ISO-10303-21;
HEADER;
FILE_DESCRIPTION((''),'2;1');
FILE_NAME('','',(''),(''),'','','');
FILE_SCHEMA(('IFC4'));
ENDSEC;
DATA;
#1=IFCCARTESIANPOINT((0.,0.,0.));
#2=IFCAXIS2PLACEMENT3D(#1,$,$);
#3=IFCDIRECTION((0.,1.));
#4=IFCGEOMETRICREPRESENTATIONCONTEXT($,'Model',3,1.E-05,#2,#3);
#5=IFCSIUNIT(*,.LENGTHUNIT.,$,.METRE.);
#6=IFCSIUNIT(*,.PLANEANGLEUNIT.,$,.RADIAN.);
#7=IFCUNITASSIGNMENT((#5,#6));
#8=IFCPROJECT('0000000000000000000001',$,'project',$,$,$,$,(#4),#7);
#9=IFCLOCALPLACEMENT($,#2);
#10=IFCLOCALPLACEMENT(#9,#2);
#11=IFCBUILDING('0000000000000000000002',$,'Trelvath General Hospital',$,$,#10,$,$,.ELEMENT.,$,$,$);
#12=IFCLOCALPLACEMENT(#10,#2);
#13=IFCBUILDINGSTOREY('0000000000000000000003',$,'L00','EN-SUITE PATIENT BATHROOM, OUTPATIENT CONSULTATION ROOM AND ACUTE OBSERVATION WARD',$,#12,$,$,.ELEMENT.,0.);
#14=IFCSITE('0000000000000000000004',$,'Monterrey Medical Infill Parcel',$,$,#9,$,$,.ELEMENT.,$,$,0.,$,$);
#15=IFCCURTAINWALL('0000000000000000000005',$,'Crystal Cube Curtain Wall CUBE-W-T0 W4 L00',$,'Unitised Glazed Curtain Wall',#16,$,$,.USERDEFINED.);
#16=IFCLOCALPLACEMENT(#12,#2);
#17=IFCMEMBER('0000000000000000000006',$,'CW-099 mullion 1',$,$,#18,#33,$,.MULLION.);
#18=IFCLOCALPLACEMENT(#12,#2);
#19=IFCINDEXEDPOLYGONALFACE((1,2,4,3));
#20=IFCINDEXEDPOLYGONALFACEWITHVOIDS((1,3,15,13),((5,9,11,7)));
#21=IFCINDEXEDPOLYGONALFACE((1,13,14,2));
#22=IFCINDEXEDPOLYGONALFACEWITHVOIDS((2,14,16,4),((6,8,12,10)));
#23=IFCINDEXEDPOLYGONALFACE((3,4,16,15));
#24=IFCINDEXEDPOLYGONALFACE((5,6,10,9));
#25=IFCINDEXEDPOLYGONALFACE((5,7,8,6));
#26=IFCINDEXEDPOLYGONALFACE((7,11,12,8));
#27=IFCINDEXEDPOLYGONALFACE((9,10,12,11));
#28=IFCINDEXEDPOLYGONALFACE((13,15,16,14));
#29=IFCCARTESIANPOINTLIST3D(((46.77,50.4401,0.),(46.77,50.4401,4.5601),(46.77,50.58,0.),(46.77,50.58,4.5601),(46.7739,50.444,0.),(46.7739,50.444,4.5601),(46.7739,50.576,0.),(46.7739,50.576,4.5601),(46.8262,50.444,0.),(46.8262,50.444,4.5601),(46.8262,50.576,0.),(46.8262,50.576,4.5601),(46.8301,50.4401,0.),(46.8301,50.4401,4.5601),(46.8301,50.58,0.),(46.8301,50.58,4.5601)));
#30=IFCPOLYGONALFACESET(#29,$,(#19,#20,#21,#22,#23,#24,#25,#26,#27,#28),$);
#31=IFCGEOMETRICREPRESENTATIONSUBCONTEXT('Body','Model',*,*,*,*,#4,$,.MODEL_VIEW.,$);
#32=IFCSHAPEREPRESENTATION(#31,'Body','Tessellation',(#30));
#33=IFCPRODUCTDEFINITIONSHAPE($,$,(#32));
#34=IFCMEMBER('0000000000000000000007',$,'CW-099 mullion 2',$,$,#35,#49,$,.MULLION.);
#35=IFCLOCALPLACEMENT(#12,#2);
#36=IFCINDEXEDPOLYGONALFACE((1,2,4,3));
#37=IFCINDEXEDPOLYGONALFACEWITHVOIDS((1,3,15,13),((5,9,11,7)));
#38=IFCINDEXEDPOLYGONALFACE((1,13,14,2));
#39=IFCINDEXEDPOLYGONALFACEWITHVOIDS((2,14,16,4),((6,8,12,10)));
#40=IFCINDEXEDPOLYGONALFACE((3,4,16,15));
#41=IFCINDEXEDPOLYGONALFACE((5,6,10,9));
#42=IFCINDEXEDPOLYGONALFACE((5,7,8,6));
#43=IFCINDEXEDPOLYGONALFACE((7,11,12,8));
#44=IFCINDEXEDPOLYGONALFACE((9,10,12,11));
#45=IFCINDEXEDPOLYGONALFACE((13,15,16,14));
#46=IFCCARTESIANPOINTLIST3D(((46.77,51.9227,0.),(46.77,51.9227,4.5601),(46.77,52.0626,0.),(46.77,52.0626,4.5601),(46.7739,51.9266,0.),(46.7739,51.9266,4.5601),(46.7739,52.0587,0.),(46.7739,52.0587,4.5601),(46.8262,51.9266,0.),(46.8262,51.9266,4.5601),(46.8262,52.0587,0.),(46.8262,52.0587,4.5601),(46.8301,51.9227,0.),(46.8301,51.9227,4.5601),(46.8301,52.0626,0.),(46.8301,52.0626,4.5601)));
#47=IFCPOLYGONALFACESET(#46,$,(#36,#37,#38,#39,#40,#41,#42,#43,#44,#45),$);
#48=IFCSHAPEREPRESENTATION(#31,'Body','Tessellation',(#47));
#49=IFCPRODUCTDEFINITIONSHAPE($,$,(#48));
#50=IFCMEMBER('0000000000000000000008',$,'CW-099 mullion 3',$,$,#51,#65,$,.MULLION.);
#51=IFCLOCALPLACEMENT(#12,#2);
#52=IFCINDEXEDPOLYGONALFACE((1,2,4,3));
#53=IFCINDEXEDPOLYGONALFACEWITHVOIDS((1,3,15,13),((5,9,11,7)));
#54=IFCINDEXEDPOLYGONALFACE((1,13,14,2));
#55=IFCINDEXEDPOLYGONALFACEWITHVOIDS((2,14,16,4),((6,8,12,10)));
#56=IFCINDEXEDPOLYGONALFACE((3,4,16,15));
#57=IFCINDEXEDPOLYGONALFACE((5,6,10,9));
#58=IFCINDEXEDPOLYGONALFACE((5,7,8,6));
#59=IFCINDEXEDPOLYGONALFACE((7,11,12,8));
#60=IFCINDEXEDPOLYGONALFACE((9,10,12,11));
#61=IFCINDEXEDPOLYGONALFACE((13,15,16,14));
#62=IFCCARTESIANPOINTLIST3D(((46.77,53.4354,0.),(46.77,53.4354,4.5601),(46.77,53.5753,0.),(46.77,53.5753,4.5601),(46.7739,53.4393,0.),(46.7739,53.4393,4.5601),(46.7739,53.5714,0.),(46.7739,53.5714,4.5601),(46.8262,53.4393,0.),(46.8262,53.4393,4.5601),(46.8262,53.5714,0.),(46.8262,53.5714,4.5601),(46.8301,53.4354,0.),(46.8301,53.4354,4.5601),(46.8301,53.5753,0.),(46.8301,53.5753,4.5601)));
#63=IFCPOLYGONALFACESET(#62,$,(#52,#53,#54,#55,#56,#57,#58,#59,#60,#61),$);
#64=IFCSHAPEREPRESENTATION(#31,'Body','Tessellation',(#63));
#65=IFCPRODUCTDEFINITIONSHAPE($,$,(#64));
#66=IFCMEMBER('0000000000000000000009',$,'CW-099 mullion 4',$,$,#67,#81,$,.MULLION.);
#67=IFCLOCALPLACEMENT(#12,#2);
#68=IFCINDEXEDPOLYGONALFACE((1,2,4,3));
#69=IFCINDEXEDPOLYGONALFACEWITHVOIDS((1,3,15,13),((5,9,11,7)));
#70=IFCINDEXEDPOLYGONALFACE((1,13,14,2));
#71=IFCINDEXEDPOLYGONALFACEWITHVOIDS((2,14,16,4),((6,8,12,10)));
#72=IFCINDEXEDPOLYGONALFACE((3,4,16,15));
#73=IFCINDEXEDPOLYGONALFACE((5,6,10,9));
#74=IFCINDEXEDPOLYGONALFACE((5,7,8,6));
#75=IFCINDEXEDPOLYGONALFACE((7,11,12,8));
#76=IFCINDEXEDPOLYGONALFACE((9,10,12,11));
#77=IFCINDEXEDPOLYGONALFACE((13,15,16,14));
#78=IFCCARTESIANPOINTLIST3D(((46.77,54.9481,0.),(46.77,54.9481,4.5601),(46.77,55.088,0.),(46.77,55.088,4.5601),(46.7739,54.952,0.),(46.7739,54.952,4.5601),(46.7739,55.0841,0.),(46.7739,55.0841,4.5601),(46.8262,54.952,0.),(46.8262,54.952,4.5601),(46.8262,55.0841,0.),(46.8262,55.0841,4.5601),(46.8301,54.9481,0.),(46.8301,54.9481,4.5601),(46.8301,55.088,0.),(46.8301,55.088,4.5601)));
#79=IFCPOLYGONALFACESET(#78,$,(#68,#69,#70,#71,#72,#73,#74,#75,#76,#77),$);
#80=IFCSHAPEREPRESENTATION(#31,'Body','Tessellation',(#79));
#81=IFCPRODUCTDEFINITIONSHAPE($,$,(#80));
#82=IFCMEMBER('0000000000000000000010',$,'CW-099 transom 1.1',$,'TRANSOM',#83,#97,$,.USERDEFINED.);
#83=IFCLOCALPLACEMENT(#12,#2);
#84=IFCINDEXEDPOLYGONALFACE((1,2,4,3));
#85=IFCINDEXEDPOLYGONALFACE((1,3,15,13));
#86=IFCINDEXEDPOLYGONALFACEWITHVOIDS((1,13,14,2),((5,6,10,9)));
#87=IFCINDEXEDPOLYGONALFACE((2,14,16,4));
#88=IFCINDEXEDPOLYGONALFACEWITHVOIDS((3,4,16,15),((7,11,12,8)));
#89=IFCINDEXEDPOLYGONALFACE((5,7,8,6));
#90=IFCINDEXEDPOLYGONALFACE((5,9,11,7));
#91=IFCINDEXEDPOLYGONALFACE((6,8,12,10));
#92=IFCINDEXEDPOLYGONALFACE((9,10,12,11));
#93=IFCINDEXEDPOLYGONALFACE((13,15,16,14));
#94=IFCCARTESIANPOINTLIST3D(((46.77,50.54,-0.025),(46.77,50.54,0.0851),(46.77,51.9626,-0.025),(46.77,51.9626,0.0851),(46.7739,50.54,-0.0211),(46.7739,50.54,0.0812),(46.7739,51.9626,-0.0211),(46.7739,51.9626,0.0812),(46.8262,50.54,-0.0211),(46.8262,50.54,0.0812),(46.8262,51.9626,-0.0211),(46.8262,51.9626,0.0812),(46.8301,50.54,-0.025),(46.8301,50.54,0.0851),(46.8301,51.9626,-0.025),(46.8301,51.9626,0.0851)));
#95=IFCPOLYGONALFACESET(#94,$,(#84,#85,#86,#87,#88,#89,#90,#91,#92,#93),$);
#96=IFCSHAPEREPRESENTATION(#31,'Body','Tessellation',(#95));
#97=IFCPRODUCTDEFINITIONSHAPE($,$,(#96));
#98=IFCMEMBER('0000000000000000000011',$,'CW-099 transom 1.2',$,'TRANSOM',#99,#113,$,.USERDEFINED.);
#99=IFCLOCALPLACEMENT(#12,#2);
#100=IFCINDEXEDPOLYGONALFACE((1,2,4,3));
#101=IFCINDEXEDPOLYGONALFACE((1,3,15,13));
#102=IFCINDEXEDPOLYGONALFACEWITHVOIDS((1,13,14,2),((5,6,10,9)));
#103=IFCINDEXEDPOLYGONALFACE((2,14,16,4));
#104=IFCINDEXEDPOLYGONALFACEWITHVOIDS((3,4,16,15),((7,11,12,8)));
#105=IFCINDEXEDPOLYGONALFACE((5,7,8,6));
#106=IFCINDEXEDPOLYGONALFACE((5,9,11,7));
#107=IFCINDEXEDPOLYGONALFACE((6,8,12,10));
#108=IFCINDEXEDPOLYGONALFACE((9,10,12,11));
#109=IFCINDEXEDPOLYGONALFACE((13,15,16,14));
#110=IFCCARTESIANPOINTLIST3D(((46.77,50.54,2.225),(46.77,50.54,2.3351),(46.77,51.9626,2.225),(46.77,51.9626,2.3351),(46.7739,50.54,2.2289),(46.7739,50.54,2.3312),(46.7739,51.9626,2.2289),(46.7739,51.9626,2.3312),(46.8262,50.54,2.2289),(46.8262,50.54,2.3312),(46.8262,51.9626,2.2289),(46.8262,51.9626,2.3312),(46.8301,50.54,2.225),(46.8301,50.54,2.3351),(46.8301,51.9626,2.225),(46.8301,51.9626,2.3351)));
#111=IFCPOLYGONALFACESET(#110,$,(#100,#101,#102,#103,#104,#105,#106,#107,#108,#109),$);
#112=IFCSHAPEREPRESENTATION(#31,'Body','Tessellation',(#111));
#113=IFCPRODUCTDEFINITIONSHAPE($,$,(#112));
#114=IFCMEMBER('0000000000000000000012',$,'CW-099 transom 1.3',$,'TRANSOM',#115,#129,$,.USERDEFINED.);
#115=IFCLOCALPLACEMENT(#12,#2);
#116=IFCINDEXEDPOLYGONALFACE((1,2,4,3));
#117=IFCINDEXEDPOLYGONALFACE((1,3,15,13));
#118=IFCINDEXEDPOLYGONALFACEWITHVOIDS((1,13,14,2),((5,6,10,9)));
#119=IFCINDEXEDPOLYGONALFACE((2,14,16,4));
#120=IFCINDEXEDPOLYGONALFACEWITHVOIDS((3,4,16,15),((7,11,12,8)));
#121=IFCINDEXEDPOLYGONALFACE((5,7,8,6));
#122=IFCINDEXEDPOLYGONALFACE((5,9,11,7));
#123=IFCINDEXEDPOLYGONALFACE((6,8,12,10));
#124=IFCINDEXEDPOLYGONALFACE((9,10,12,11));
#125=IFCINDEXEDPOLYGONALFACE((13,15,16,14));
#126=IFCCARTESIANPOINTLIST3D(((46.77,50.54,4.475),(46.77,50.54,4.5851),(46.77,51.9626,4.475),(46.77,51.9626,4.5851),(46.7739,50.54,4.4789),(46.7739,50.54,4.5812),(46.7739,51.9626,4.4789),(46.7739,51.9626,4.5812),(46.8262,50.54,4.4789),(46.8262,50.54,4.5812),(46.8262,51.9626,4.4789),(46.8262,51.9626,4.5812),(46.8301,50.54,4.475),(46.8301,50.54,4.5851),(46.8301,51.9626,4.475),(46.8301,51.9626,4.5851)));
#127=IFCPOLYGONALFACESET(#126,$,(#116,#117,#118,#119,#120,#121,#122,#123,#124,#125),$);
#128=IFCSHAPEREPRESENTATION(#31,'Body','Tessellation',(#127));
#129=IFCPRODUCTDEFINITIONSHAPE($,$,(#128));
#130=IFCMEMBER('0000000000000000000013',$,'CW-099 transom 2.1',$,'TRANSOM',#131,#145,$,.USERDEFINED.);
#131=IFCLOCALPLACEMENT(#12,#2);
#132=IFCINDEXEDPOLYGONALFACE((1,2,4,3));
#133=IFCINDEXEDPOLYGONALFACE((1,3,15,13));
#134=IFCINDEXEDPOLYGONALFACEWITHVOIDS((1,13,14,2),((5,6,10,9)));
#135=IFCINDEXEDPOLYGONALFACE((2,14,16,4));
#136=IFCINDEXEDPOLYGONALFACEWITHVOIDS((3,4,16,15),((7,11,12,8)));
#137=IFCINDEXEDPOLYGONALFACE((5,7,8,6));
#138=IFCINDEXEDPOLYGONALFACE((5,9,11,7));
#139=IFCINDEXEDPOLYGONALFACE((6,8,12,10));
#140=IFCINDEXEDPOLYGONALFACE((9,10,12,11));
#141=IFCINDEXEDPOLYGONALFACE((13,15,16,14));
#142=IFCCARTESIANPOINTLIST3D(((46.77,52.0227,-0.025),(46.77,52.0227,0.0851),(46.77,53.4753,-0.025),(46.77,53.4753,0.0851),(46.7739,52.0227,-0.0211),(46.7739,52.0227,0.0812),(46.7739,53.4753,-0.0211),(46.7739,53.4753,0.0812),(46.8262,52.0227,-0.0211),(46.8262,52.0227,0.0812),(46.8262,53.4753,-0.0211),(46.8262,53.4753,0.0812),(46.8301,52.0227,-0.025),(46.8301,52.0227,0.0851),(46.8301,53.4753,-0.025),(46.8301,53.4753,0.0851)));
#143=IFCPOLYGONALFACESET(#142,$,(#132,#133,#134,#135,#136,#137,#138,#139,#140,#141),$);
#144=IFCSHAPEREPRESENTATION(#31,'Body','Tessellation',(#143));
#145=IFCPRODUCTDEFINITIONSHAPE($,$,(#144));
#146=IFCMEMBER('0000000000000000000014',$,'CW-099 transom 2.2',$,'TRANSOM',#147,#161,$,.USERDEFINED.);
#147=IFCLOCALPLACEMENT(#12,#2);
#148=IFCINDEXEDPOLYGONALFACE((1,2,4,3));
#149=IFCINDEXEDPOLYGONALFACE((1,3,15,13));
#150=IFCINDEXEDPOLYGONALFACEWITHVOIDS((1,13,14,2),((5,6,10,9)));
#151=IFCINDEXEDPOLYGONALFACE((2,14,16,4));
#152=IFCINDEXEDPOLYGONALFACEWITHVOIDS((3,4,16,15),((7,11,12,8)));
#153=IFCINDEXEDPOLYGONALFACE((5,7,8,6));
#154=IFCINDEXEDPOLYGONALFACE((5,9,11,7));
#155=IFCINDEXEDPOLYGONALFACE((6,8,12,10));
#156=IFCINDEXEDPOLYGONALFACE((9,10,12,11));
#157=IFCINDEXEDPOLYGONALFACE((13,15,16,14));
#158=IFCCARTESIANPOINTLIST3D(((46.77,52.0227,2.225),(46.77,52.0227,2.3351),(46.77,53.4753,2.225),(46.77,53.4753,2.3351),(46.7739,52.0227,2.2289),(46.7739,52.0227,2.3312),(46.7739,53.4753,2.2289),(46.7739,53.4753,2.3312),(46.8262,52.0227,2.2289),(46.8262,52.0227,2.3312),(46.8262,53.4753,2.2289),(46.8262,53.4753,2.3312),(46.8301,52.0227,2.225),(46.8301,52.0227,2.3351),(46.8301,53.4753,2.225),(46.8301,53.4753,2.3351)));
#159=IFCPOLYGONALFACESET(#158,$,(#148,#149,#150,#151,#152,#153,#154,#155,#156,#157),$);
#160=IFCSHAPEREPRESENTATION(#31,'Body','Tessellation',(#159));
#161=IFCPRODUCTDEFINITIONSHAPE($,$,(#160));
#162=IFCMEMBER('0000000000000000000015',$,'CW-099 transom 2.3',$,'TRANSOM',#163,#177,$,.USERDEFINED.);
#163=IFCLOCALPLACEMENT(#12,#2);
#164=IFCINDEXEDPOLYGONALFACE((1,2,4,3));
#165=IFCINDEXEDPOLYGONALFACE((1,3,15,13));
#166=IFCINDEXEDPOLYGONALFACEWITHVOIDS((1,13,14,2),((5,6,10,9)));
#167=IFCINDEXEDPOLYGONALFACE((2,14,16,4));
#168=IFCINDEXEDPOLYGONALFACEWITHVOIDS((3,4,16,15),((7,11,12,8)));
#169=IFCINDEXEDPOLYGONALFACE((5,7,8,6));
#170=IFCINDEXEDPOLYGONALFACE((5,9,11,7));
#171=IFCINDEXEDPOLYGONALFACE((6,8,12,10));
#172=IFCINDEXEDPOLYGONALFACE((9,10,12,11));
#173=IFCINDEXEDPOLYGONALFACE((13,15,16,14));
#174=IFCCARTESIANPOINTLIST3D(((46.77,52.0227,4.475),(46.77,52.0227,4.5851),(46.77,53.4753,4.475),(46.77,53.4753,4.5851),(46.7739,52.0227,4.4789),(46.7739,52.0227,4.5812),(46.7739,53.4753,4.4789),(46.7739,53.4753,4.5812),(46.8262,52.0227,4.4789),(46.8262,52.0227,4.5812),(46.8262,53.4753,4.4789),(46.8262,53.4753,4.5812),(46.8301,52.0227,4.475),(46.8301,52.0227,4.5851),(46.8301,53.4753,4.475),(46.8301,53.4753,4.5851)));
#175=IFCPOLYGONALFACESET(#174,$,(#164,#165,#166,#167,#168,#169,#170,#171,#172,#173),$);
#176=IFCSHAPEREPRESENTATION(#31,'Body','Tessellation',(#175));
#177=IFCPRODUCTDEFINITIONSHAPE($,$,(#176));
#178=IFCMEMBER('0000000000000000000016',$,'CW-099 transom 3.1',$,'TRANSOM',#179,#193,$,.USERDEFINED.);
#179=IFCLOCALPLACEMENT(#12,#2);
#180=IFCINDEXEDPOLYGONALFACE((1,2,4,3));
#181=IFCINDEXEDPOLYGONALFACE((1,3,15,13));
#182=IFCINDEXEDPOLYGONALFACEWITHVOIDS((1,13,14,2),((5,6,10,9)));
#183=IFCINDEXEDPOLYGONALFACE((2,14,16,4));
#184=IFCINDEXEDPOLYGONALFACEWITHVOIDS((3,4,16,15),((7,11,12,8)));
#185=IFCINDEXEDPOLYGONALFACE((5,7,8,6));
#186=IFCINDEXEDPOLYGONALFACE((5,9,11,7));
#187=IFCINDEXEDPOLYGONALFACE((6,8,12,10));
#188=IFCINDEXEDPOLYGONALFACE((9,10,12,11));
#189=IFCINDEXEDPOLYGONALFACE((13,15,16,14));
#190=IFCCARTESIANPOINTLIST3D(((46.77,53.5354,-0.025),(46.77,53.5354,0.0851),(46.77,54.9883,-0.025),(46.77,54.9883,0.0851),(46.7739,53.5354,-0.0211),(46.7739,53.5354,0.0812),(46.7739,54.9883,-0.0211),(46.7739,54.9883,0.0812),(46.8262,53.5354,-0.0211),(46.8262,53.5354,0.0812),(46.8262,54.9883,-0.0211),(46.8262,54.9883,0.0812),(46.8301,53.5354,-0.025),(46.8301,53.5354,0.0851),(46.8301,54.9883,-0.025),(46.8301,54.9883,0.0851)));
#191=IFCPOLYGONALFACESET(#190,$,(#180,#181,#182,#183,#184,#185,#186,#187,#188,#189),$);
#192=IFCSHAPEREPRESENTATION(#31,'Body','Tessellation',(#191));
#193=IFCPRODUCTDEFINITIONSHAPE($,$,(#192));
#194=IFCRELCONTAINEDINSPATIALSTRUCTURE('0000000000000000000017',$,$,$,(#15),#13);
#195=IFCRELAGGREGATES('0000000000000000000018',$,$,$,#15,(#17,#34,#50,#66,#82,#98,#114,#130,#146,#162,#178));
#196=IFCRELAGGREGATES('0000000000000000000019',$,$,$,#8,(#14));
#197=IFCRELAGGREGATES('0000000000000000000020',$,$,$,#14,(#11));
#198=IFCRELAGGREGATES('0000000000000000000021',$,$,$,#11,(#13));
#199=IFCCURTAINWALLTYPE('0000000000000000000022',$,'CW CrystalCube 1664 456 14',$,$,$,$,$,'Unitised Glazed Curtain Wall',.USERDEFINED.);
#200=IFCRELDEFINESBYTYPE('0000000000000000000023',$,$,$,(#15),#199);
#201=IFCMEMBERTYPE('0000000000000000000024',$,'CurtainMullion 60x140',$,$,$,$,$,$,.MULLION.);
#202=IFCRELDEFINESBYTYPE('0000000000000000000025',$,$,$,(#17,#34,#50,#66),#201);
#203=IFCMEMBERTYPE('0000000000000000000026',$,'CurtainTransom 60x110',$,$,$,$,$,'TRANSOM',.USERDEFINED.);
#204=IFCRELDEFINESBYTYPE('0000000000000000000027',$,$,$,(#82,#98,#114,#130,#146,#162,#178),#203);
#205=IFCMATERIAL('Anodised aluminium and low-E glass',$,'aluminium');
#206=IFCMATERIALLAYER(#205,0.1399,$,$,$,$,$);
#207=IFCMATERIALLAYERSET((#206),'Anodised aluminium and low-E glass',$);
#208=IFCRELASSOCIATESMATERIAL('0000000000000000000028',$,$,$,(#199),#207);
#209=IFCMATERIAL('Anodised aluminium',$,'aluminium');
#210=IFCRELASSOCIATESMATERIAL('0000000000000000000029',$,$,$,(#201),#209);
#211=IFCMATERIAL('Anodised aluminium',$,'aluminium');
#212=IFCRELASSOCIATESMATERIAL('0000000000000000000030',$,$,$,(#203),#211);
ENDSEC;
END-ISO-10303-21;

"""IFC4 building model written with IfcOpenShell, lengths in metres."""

from ifc_helpers import new_model, si_unit, direction, frame, origin, origin_2d, place, context, subcontext, project, spatial, hollow_rectangle, extrude, material, layer, layer_set, material_profile, profile_set, type_object, element, aggregate, save


model = new_model("IFC4")

# Units and contexts
model_context = context("Model", 3, precision=1e-05, world=origin(), true_north=direction((0.0, 1.0)))
body_context = subcontext(model_context, "Body", "Model", "MODEL_VIEW")
ifc_project = project(units=[si_unit("LENGTHUNIT", "METRE"), si_unit("PLANEANGLEUNIT", "RADIAN")], contexts=[model_context])

# Site, building, storey
site_placement = place(None, origin())
site = spatial("IfcSite", under=ifc_project, at=site_placement, Name="Monterrey Medical Infill Parcel", CompositionType="ELEMENT", RefElevation=0.0)
building_placement = place(site_placement, origin())
building = spatial("IfcBuilding", under=site, at=building_placement, Name="Trelvath General Hospital", CompositionType="ELEMENT")
storey_placement = place(building_placement, origin())
storey = spatial("IfcBuildingStorey", under=building, at=storey_placement, Name="L00", Description="EN-SUITE PATIENT BATHROOM, OUTPATIENT CONSULTATION ROOM AND ACUTE OBSERVATION WARD", CompositionType="ELEMENT", Elevation=0.0)

# Curtain wall, members
ifc_material_1 = material(Name="Anodised aluminium and low-E glass", Category="aluminium")
ifc_layer_1 = layer(ifc_material_1, 0.1399)
ifc_layer_set_1 = layer_set([ifc_layer_1], Name="Anodised aluminium and low-E glass")
curtain_wall_type = type_object("IfcCurtainWallType", Name="CW CrystalCube 1664 456 14", ElementType="Unitised Glazed Curtain Wall", PredefinedType="USERDEFINED", material=ifc_layer_set_1)
curtain_wall_placement = place(storey_placement, origin())
curtain_wall = element("IfcCurtainWall", 1, at=curtain_wall_placement, inside=storey, type_object=curtain_wall_type, Name="Crystal Cube Curtain Wall CUBE-W-T0 W4 L00", ObjectType="Unitised Glazed Curtain Wall", PredefinedType="USERDEFINED")
ifc_material_2 = material(Name="Anodised aluminium", Category="aluminium")
ifc_material_profile_1 = material_profile(ifc_material_2, hollow_rectangle(XDim=0.0601, YDim=0.1399, WallThickness=0.0039, at=origin_2d()), Name="RHS60x140x4")
ifc_profile_set_1 = profile_set([ifc_material_profile_1], Name="Anodised aluminium")
member_type_1 = type_object("IfcMemberType", Name="CurtainMullion 60x140", PredefinedType="MULLION", material=ifc_profile_set_1)
member_1_placement = place(storey_placement, frame((46.8, 50.51, 0.0), z_axis=(0.0, 0.0, 1.0), x_axis=(-1.0, 0.0, 0.0)))
member_1 = element("IfcMember", 2, at=member_1_placement, type_object=member_type_1, Name="CW-099 mullion 1", PredefinedType="MULLION", context=body_context, shape_type="SweptSolid", body=[
    extrude(hollow_rectangle(XDim=0.0601, YDim=0.1399, WallThickness=0.0039, at=origin_2d()), origin(), (0.0, 0.0, 1.0), 4.5601),
])
member_2_placement = place(storey_placement, frame((46.8, 51.9927, 0.0), z_axis=(0.0, 0.0, 1.0), x_axis=(-1.0, 0.0, 0.0)))
member_2 = element("IfcMember", 3, at=member_2_placement, type_object=member_type_1, Name="CW-099 mullion 2", PredefinedType="MULLION", context=body_context, shape_type="SweptSolid", body=[
    extrude(hollow_rectangle(XDim=0.0601, YDim=0.1399, WallThickness=0.0039, at=origin_2d()), origin(), (0.0, 0.0, 1.0), 4.5601),
])
member_3_placement = place(storey_placement, frame((46.8, 53.5054, 0.0), z_axis=(0.0, 0.0, 1.0), x_axis=(-1.0, 0.0, 0.0)))
member_3 = element("IfcMember", 4, at=member_3_placement, type_object=member_type_1, Name="CW-099 mullion 3", PredefinedType="MULLION", context=body_context, shape_type="SweptSolid", body=[
    extrude(hollow_rectangle(XDim=0.0601, YDim=0.1399, WallThickness=0.0039, at=origin_2d()), origin(), (0.0, 0.0, 1.0), 4.5601),
])
member_4_placement = place(storey_placement, frame((46.8, 55.0181, 0.0), z_axis=(0.0, 0.0, 1.0), x_axis=(-1.0, 0.0, 0.0)))
member_4 = element("IfcMember", 5, at=member_4_placement, type_object=member_type_1, Name="CW-099 mullion 4", PredefinedType="MULLION", context=body_context, shape_type="SweptSolid", body=[
    extrude(hollow_rectangle(XDim=0.0601, YDim=0.1399, WallThickness=0.0039, at=origin_2d()), origin(), (0.0, 0.0, 1.0), 4.5601),
])
ifc_material_3 = material(Name="Anodised aluminium", Category="aluminium")
ifc_material_profile_2 = material_profile(ifc_material_3, hollow_rectangle(XDim=0.0601, YDim=0.1101, WallThickness=0.0039, at=origin_2d()), Name="RHS60x110x4")
ifc_profile_set_2 = profile_set([ifc_material_profile_2], Name="Anodised aluminium")
member_type_2 = type_object("IfcMemberType", Name="CurtainTransom 60x110", ElementType="TRANSOM", PredefinedType="USERDEFINED", material=ifc_profile_set_2)
member_5_placement = place(storey_placement, frame((46.8, 50.54, 0.03), z_axis=(0.0, 1.0, 0.0), x_axis=(-1.0, 0.0, 0.0)))
member_5 = element("IfcMember", 6, at=member_5_placement, type_object=member_type_2, Name="CW-099 transom 1.1", ObjectType="TRANSOM", PredefinedType="USERDEFINED", context=body_context, shape_type="SweptSolid", body=[
    extrude(hollow_rectangle(XDim=0.0601, YDim=0.1101, WallThickness=0.0039, at=origin_2d()), origin(), (0.0, 0.0, 1.0), 1.4226),
])
member_6_placement = place(storey_placement, frame((46.8, 50.54, 2.28), z_axis=(0.0, 1.0, 0.0), x_axis=(-1.0, 0.0, 0.0)))
member_6 = element("IfcMember", 7, at=member_6_placement, type_object=member_type_2, Name="CW-099 transom 1.2", ObjectType="TRANSOM", PredefinedType="USERDEFINED", context=body_context, shape_type="SweptSolid", body=[
    extrude(hollow_rectangle(XDim=0.0601, YDim=0.1101, WallThickness=0.0039, at=origin_2d()), origin(), (0.0, 0.0, 1.0), 1.4226),
])
member_7_placement = place(storey_placement, frame((46.8, 50.54, 4.53), z_axis=(0.0, 1.0, 0.0), x_axis=(-1.0, 0.0, 0.0)))
member_7 = element("IfcMember", 8, at=member_7_placement, type_object=member_type_2, Name="CW-099 transom 1.3", ObjectType="TRANSOM", PredefinedType="USERDEFINED", context=body_context, shape_type="SweptSolid", body=[
    extrude(hollow_rectangle(XDim=0.0601, YDim=0.1101, WallThickness=0.0039, at=origin_2d()), origin(), (0.0, 0.0, 1.0), 1.4226),
])
member_8_placement = place(storey_placement, frame((46.8, 52.0227, 0.03), z_axis=(0.0, 1.0, 0.0), x_axis=(-1.0, 0.0, 0.0)))
member_8 = element("IfcMember", 9, at=member_8_placement, type_object=member_type_2, Name="CW-099 transom 2.1", ObjectType="TRANSOM", PredefinedType="USERDEFINED", context=body_context, shape_type="SweptSolid", body=[
    extrude(hollow_rectangle(XDim=0.0601, YDim=0.1101, WallThickness=0.0039, at=origin_2d()), origin(), (0.0, 0.0, 1.0), 1.4526),
])
member_9_placement = place(storey_placement, frame((46.8, 52.0227, 2.28), z_axis=(0.0, 1.0, 0.0), x_axis=(-1.0, 0.0, 0.0)))
member_9 = element("IfcMember", 10, at=member_9_placement, type_object=member_type_2, Name="CW-099 transom 2.2", ObjectType="TRANSOM", PredefinedType="USERDEFINED", context=body_context, shape_type="SweptSolid", body=[
    extrude(hollow_rectangle(XDim=0.0601, YDim=0.1101, WallThickness=0.0039, at=origin_2d()), origin(), (0.0, 0.0, 1.0), 1.4526),
])
member_10_placement = place(storey_placement, frame((46.8, 52.0227, 4.53), z_axis=(0.0, 1.0, 0.0), x_axis=(-1.0, 0.0, 0.0)))
member_10 = element("IfcMember", 11, at=member_10_placement, type_object=member_type_2, Name="CW-099 transom 2.3", ObjectType="TRANSOM", PredefinedType="USERDEFINED", context=body_context, shape_type="SweptSolid", body=[
    extrude(hollow_rectangle(XDim=0.0601, YDim=0.1101, WallThickness=0.0039, at=origin_2d()), origin(), (0.0, 0.0, 1.0), 1.4526),
])
member_11_placement = place(storey_placement, frame((46.8, 53.5354, 0.03), z_axis=(0.0, 1.0, 0.0), x_axis=(-1.0, 0.0, 0.0)))
member_11 = element("IfcMember", 12, at=member_11_placement, type_object=member_type_2, Name="CW-099 transom 3.1", ObjectType="TRANSOM", PredefinedType="USERDEFINED", context=body_context, shape_type="SweptSolid", body=[
    extrude(hollow_rectangle(XDim=0.0601, YDim=0.1101, WallThickness=0.0039, at=origin_2d()), origin(), (0.0, 0.0, 1.0), 1.4529),
])
aggregate(curtain_wall, [member_1, member_2, member_3, member_4, member_5, member_6, member_7, member_8, member_9, member_10, member_11])

save(model, "model.ifc")
